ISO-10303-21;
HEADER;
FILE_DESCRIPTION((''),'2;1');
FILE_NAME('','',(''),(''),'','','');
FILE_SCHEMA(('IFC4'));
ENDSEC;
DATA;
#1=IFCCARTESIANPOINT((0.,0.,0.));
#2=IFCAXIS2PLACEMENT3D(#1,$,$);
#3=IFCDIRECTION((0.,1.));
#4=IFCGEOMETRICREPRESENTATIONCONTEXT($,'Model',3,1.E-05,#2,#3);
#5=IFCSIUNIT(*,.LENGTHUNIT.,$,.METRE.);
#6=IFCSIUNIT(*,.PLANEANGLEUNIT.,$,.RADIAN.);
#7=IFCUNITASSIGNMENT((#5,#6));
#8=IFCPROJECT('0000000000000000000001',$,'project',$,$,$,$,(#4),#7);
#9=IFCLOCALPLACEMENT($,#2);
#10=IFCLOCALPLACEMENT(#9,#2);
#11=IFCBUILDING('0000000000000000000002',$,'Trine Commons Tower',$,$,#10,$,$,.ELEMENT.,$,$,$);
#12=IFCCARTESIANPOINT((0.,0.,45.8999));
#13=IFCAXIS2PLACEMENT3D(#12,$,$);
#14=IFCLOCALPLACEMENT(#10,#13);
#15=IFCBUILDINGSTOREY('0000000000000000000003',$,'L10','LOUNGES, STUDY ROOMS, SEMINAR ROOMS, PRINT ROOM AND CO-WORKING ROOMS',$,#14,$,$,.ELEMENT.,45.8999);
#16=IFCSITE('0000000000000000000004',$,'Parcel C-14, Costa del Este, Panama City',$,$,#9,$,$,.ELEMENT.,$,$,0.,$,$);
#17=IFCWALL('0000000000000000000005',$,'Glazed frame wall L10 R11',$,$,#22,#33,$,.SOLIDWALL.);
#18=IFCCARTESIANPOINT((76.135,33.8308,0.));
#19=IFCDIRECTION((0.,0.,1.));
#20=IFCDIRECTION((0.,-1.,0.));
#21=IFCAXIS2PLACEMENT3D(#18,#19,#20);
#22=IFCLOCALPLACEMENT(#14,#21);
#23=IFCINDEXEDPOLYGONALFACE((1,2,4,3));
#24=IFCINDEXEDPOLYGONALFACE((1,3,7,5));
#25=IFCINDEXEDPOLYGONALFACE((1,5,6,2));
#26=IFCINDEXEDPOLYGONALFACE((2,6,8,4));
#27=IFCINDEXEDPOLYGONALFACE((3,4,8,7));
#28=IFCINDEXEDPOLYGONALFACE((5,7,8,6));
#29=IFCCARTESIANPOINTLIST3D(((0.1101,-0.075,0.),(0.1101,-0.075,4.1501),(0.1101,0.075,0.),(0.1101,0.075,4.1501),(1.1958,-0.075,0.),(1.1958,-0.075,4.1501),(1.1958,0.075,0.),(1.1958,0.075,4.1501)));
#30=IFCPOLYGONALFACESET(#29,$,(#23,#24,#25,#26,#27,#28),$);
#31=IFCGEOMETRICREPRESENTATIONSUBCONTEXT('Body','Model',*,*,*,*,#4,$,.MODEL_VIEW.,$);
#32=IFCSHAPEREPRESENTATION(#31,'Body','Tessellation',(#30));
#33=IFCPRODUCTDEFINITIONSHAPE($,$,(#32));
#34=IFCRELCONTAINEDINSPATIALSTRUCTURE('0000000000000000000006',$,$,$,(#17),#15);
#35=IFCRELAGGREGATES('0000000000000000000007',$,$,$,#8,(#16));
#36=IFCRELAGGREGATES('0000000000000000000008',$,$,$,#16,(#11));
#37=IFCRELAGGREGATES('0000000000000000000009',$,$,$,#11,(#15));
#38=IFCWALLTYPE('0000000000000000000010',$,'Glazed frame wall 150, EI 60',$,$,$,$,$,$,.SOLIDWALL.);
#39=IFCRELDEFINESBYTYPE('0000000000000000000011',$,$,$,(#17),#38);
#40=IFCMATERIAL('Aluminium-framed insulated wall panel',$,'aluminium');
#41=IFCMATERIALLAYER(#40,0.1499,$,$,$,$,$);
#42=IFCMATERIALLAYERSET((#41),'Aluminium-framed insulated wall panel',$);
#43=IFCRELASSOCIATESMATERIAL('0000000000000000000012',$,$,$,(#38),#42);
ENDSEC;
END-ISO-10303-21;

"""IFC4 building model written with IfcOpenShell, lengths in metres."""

from ifc_helpers import new_model, si_unit, direction, frame, origin, place, context, subcontext, project, spatial, polyline, outline, extrude, material, layer, layer_set, type_object, element, save


model = new_model("IFC4")

# Units and contexts
model_context = context("Model", 3, precision=1e-05, world=origin(), true_north=direction((0.0, 1.0)))
body_context = subcontext(model_context, "Body", "Model", "MODEL_VIEW")
ifc_project = project(units=[si_unit("LENGTHUNIT", "METRE"), si_unit("PLANEANGLEUNIT", "RADIAN")], contexts=[model_context])

# Site, building, storey
site_placement = place(None, origin())
site = spatial("IfcSite", under=ifc_project, at=site_placement, Name="Parcel C-14, Costa del Este, Panama City", CompositionType="ELEMENT", RefElevation=0.0)
building_placement = place(site_placement, origin())
building = spatial("IfcBuilding", under=site, at=building_placement, Name="Trine Commons Tower", CompositionType="ELEMENT")
storey_placement = place(building_placement, frame((0.0, 0.0, 45.8999)))
storey = spatial("IfcBuildingStorey", under=building, at=storey_placement, Name="L10", Description="LOUNGES, STUDY ROOMS, SEMINAR ROOMS, PRINT ROOM AND CO-WORKING ROOMS", CompositionType="ELEMENT", Elevation=45.8999)

# Wall
ifc_material_1 = material(Name="Aluminium-framed insulated wall panel", Category="aluminium")
ifc_layer_1 = layer(ifc_material_1, 0.1499)
ifc_layer_set_1 = layer_set([ifc_layer_1], Name="Aluminium-framed insulated wall panel")
wall_type_1 = type_object("IfcWallType", Name="Glazed frame wall 150, EI 60", PredefinedType="SOLIDWALL", material=ifc_layer_set_1)
wall_1_placement = place(storey_placement, frame((76.135, 33.8308, 0.0), z_axis=(0.0, 0.0, 1.0), x_axis=(0.0, -1.0, 0.0)))
element("IfcWall", 1, at=wall_1_placement, inside=storey, type_object=wall_type_1, Name="Glazed frame wall L10 R11", PredefinedType="SOLIDWALL", context=body_context, shape_type="SweptSolid", body=[
    extrude(outline(polyline([(0.1101, 0.075), (0.1101, -0.075), (1.1958, -0.075), (1.1958, 0.075), (0.1101, 0.075)])), origin(), (0.0, 0.0, 1.0), 4.1501),
])

save(model, "model.ifc")
